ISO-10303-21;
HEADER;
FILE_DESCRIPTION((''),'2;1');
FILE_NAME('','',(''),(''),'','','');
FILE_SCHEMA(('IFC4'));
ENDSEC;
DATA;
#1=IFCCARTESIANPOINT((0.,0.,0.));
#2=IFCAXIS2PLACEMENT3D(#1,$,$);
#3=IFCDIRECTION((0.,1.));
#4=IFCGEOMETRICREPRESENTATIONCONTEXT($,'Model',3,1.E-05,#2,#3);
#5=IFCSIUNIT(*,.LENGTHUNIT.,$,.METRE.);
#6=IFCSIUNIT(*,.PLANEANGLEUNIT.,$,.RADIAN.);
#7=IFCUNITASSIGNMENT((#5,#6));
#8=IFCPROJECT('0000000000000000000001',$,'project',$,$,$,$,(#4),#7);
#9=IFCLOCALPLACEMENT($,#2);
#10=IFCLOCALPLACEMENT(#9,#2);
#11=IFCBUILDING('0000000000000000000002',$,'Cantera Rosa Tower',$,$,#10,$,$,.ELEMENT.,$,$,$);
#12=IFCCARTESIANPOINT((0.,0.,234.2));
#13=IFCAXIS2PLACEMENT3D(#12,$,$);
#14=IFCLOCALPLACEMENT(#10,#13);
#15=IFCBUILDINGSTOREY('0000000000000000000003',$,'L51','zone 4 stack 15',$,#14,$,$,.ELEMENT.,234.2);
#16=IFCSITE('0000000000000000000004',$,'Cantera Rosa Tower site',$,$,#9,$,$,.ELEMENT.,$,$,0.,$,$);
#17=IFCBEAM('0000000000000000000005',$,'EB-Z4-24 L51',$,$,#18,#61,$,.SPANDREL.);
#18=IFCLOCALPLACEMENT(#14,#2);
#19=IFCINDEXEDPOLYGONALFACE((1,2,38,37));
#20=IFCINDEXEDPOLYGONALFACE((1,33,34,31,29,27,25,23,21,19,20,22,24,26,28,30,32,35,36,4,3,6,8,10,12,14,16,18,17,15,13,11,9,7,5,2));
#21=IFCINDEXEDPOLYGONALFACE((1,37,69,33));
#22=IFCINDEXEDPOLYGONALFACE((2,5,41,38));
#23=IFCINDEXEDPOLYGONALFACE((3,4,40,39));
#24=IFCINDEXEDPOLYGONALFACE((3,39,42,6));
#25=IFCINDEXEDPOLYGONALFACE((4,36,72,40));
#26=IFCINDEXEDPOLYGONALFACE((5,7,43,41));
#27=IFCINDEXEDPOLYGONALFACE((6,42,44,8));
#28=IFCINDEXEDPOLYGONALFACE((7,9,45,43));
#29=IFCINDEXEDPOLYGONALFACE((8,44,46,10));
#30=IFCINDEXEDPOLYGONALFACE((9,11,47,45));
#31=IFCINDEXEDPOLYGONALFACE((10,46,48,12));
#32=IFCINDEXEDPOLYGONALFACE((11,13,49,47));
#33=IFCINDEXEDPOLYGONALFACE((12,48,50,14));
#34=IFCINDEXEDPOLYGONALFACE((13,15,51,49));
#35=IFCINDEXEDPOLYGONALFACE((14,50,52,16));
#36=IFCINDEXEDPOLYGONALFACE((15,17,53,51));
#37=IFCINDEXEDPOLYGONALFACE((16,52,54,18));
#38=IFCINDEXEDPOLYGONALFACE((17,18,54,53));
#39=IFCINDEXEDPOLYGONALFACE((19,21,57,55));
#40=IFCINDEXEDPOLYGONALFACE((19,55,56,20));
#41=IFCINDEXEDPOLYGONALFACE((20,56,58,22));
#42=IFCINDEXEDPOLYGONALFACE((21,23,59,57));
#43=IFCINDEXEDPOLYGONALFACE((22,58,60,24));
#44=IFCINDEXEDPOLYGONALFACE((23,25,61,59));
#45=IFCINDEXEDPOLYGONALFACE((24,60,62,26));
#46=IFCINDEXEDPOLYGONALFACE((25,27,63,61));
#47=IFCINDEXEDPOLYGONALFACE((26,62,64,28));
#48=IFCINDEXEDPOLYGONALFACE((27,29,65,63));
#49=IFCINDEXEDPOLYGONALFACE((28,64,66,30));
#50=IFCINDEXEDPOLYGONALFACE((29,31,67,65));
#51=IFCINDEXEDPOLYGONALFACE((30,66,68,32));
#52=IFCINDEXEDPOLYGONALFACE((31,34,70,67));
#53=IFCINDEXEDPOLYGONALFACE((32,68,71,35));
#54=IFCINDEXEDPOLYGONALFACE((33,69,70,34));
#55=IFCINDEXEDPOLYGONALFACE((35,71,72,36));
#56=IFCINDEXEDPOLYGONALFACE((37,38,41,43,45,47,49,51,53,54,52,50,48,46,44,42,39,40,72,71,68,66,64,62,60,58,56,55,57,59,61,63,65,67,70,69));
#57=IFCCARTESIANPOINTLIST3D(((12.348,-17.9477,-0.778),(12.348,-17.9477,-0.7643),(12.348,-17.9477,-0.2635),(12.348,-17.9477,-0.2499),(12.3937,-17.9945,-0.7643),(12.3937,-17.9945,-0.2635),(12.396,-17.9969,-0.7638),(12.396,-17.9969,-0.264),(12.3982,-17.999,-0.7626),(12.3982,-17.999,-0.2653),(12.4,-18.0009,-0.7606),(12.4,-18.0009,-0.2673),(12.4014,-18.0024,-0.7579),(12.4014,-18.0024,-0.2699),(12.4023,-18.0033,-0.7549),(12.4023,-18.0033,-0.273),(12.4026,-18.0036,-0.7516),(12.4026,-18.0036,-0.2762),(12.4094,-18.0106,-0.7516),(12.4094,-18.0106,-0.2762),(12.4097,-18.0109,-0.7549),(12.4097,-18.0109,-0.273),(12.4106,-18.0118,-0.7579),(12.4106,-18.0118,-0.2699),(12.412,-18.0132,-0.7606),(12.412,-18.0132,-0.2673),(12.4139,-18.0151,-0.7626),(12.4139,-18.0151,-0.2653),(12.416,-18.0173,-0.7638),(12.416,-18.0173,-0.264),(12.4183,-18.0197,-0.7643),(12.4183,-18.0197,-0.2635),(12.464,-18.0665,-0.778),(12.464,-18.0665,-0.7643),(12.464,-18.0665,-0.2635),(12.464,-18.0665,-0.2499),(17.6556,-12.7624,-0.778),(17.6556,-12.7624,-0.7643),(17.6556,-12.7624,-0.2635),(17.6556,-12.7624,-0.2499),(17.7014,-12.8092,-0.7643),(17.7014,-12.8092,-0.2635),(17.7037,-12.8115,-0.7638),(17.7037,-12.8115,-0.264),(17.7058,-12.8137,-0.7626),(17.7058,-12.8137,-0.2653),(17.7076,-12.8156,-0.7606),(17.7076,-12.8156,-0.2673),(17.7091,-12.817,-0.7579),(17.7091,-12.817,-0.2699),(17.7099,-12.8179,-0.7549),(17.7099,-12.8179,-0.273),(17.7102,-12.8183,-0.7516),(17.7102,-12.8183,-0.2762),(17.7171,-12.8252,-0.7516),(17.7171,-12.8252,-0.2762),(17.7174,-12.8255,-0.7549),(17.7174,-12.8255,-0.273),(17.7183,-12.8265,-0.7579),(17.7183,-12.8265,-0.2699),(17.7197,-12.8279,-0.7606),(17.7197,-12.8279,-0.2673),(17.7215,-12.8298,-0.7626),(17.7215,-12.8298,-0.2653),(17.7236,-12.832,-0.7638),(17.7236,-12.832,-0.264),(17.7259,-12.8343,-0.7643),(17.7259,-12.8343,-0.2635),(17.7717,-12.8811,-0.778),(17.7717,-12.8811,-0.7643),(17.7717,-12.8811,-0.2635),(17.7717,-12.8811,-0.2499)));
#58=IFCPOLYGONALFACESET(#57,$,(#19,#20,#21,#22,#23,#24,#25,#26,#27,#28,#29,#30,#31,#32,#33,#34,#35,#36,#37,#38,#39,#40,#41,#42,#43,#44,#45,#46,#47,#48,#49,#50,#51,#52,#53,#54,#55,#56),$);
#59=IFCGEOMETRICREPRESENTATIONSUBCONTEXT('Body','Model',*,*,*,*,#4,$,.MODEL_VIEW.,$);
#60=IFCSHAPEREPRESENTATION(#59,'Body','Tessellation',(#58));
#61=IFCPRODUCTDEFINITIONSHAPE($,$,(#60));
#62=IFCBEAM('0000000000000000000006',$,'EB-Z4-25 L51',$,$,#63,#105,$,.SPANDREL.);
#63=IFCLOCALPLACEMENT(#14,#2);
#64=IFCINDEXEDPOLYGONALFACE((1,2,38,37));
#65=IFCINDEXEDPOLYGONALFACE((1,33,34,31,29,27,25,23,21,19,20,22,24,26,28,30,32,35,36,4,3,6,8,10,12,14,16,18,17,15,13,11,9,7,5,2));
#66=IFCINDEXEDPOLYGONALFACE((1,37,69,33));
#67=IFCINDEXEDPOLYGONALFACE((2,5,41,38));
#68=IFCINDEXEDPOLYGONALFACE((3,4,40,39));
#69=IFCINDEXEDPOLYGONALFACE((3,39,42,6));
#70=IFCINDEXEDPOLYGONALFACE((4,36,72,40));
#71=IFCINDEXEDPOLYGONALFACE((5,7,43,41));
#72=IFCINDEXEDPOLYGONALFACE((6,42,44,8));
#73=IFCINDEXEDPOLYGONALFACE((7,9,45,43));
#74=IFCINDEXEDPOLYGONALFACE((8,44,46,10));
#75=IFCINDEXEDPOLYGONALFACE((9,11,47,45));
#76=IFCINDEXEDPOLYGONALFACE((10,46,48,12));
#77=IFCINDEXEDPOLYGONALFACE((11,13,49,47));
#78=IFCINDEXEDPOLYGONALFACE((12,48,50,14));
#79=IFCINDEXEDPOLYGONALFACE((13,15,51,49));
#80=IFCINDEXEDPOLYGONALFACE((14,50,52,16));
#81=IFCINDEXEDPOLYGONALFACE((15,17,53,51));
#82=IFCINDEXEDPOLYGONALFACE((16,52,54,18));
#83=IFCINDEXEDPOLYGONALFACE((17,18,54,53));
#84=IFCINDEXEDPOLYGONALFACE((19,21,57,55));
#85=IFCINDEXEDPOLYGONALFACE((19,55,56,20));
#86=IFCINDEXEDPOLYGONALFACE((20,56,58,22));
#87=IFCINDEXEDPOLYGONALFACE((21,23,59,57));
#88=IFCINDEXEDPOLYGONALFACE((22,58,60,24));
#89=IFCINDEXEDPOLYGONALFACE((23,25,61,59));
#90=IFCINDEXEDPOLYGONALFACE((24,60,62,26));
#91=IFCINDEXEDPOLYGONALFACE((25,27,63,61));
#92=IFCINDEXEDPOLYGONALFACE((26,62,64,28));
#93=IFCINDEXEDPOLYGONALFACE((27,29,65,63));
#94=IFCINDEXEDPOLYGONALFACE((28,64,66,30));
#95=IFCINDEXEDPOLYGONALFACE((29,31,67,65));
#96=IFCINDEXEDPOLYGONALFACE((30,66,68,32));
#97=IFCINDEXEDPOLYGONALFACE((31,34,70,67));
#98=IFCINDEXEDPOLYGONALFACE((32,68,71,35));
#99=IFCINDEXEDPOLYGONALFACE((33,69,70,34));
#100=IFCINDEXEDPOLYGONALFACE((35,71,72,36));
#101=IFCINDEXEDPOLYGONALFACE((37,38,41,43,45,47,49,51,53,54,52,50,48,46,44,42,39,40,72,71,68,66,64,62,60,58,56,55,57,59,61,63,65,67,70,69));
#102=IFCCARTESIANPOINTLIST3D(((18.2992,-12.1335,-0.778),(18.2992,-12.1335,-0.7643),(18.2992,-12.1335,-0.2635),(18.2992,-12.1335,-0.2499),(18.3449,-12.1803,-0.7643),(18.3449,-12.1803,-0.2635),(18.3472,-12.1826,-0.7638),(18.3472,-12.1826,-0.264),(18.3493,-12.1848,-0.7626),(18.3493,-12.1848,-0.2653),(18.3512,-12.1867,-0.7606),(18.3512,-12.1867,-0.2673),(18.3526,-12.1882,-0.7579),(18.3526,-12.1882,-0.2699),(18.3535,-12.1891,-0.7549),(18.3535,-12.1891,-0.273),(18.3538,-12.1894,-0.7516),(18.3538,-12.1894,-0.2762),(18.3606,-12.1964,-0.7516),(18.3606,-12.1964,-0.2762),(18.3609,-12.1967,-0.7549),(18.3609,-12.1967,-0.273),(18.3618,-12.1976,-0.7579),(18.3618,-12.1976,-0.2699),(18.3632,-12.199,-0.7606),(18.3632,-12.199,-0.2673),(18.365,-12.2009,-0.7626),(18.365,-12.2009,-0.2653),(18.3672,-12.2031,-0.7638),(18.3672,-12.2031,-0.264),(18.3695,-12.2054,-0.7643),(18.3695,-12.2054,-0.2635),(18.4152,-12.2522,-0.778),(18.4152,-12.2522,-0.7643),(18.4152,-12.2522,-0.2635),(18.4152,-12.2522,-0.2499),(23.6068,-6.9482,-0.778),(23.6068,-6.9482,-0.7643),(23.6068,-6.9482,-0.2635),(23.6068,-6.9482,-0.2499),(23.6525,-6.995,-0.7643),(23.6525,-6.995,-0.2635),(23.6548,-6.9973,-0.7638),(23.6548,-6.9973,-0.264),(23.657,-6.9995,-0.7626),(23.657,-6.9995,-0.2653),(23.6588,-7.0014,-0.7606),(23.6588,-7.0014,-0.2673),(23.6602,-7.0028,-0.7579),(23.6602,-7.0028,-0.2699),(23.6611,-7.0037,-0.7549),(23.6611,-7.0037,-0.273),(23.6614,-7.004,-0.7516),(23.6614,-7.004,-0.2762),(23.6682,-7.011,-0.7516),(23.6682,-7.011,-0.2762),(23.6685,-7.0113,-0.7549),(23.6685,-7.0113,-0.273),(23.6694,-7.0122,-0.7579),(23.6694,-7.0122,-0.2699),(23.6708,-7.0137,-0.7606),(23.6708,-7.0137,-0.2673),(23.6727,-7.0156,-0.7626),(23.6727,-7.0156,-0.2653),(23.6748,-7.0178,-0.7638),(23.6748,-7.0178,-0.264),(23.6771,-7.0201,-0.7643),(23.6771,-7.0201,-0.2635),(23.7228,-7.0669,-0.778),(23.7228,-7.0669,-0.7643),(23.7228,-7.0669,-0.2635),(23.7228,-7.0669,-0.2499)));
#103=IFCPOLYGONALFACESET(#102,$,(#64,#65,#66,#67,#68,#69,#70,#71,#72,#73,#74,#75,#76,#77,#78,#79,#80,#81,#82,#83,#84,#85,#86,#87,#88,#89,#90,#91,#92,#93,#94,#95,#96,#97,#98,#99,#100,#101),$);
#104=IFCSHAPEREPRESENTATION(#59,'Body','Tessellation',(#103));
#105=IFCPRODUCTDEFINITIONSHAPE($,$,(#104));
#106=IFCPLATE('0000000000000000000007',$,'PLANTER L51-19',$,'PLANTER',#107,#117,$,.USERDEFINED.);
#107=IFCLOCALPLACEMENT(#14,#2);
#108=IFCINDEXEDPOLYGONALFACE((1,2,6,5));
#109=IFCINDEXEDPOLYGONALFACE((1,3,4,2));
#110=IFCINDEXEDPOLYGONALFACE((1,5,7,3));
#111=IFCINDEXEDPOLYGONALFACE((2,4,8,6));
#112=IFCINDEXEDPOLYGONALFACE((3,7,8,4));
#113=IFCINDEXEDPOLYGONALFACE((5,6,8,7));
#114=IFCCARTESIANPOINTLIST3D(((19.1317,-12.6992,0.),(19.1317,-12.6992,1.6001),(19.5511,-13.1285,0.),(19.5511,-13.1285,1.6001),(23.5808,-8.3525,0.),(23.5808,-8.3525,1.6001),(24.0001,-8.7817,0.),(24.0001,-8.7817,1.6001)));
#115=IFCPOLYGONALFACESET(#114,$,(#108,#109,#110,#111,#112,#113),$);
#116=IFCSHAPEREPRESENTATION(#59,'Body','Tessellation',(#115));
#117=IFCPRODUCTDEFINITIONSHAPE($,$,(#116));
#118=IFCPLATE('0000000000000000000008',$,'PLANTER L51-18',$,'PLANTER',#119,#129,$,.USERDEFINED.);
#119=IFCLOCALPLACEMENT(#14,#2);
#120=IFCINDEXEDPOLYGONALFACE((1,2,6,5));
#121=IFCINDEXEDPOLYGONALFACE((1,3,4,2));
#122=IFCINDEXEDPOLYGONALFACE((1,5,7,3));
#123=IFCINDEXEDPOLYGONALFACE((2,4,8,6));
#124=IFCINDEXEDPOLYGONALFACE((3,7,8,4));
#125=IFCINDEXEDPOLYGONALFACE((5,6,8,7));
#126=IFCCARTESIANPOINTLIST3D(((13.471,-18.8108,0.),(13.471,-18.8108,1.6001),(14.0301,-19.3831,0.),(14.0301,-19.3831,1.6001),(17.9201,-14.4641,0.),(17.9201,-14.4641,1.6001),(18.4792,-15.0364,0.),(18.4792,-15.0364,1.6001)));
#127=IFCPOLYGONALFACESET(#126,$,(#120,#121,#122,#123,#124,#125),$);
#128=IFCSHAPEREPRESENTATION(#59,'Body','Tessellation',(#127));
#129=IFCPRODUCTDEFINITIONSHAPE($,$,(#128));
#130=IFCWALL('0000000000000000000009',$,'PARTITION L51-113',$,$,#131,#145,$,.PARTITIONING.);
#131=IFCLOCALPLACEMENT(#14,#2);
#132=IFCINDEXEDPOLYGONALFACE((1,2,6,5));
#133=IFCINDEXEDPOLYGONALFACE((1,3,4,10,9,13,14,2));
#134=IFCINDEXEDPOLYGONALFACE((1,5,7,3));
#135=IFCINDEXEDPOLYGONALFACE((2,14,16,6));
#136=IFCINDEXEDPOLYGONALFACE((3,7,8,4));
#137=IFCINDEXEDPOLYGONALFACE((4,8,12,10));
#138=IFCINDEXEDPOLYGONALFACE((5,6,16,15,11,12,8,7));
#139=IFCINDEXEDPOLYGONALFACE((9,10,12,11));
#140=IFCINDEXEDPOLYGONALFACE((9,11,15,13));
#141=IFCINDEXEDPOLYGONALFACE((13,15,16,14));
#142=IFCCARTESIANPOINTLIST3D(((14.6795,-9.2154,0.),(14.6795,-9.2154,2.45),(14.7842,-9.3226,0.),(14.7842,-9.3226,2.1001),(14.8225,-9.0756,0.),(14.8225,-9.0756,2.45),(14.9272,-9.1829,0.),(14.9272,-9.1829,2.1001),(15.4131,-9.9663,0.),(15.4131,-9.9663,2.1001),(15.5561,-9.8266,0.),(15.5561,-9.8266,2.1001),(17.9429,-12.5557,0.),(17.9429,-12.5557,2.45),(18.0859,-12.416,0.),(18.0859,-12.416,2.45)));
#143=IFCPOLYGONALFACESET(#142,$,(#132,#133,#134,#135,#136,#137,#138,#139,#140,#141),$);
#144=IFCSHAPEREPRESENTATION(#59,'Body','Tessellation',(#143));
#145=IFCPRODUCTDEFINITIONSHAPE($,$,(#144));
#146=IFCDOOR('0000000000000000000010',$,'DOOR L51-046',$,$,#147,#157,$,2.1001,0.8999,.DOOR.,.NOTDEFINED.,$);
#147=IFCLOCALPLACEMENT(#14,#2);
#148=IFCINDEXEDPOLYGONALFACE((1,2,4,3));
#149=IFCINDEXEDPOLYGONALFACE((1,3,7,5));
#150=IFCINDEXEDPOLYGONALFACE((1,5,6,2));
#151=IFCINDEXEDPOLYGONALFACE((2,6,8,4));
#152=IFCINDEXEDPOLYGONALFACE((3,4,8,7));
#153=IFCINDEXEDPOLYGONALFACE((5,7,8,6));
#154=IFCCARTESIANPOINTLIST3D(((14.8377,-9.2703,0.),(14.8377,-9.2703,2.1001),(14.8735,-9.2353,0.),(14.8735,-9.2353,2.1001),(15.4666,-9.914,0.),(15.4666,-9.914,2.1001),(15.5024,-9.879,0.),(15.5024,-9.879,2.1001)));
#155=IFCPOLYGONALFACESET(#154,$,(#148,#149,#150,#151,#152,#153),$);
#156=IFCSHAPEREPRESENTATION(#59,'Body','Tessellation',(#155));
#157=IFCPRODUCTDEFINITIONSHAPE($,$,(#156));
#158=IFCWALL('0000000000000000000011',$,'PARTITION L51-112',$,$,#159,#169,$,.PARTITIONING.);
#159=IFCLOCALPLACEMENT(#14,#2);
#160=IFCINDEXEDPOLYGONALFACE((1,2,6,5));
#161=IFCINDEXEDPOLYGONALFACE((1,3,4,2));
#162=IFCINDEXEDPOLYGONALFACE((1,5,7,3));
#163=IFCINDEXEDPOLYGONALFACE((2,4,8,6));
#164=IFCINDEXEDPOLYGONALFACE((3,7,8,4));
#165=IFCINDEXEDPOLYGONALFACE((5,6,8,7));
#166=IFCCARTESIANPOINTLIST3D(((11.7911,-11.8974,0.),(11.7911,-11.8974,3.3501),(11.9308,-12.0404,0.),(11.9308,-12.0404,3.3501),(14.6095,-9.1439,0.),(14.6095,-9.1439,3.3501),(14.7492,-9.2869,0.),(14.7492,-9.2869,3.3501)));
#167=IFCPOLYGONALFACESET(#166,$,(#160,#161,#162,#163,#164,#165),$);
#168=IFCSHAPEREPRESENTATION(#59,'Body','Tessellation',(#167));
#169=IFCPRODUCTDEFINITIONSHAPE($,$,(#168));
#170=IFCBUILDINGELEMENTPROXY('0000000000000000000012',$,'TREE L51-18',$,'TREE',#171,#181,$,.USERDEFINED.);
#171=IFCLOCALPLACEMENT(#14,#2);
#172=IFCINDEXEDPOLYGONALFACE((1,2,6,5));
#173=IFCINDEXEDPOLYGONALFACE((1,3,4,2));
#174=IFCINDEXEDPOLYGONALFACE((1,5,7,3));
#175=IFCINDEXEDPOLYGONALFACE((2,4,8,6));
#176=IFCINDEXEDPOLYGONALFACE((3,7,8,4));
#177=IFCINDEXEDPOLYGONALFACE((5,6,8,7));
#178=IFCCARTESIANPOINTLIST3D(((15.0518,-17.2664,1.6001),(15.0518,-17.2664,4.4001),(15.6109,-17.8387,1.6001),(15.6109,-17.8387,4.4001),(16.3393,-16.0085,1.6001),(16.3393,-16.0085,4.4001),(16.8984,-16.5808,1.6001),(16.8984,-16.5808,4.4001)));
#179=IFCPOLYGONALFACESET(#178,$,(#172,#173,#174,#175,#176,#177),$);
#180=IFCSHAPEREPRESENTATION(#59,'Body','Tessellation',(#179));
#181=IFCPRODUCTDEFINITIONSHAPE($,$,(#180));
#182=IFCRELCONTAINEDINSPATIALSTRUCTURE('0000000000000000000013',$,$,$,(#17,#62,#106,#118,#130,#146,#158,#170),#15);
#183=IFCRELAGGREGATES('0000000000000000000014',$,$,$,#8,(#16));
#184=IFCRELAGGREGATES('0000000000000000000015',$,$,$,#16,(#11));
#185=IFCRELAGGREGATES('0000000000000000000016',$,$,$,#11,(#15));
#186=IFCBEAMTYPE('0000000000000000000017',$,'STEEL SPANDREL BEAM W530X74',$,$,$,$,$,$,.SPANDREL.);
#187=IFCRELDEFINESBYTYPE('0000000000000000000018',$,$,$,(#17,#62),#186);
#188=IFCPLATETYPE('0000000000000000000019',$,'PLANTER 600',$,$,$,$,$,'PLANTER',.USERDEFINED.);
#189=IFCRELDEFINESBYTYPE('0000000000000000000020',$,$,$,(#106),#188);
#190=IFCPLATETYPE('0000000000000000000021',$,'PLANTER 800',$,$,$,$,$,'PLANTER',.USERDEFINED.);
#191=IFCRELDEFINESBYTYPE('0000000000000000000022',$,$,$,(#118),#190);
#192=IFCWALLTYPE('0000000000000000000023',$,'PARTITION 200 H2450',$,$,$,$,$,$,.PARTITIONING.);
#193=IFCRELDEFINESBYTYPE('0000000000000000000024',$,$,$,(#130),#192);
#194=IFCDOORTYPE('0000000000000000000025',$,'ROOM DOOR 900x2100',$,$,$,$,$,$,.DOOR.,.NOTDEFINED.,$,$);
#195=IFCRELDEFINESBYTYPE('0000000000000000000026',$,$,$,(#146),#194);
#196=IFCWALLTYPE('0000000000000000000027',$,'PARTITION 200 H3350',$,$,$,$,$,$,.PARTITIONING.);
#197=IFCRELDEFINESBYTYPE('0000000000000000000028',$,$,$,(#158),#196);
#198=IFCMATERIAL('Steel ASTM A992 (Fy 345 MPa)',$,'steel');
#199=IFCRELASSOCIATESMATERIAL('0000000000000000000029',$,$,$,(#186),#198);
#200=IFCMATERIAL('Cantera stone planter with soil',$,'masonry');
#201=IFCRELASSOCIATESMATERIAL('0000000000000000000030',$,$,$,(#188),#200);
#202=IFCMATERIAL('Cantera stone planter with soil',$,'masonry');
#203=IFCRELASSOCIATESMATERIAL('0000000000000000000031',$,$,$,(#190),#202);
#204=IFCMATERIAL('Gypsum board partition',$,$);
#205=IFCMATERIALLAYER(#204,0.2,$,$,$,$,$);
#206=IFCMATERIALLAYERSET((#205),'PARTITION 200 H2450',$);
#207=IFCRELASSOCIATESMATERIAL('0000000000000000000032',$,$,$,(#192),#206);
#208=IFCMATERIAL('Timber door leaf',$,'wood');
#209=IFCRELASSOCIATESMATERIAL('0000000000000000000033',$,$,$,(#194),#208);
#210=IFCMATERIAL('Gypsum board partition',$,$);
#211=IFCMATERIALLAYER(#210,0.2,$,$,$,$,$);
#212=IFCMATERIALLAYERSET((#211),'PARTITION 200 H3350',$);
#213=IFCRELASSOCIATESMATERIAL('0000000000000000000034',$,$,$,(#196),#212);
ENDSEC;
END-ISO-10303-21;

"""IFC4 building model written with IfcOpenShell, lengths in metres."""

from ifc_helpers import new_model, si_unit, direction, frame, frame_2d, origin, origin_2d, place, context, subcontext, project, spatial, rectangle, i_section, extrude, material, layer, layer_set, material_profile, profile_set, type_object, element, fill, save


model = new_model("IFC4")

# Units and contexts
model_context = context("Model", 3, precision=1e-05, world=origin(), true_north=direction((0.0, 1.0)))
body_context = subcontext(model_context, "Body", "Model", "MODEL_VIEW")
ifc_project = project(units=[si_unit("LENGTHUNIT", "METRE"), si_unit("PLANEANGLEUNIT", "RADIAN")], contexts=[model_context])

# Site, building, storey
site_placement = place(None, origin())
site = spatial("IfcSite", under=ifc_project, at=site_placement, Name="Cantera Rosa Tower site", CompositionType="ELEMENT", RefElevation=0.0)
building_placement = place(site_placement, origin())
building = spatial("IfcBuilding", under=site, at=building_placement, Name="Cantera Rosa Tower", CompositionType="ELEMENT")
storey_placement = place(building_placement, frame((0.0, 0.0, 234.2)))
storey = spatial("IfcBuildingStorey", under=building, at=storey_placement, Name="L51", Description="zone 4 stack 15", CompositionType="ELEMENT", Elevation=234.2)

# Beams
ifc_material_1 = material(Name="Steel ASTM A992 (Fy 345 MPa)", Category="steel")
ifc_material_profile_1 = material_profile(ifc_material_1, i_section(OverallWidth=0.166, OverallDepth=0.5281, WebThickness=0.0098, FlangeThickness=0.0137, FilletRadius=0.0127, at=origin_2d()), Name="W530X74")
ifc_profile_set_1 = profile_set([ifc_material_profile_1], Name="Steel ASTM A992 (Fy 345 MPa)")
beam_type_1 = type_object("IfcBeamType", Name="STEEL SPANDREL BEAM W530X74", PredefinedType="SPANDREL", material=ifc_profile_set_1)
for number, where, z_axis, x_axis, name in (
    (1, (12.406, -18.0071, -0.5139), (0.715301, 0.698817, 0.0), (-0.698817, 0.715301, 0.0), "EB-Z4-24 L51"),
    (2, (18.3572, -12.1929, -0.5139), (0.715301, 0.698817, 0.0), (-0.698817, 0.715301, 0.0), "EB-Z4-25 L51"),
):
    element("IfcBeam", number, at=place(storey_placement, frame(where, z_axis=z_axis, x_axis=x_axis)), inside=storey, type_object=beam_type_1, Name=name, PredefinedType="SPANDREL", context=body_context, shape_type="SweptSolid", body=[
        extrude(i_section(OverallWidth=0.166, OverallDepth=0.5281, WebThickness=0.0098, FlangeThickness=0.0137, FilletRadius=0.0127, at=origin_2d()), origin(), (0.0, 0.0, 1.0), 7.4202),
    ])

# Plates
ifc_material_2 = material(Name="Cantera stone planter with soil", Category="masonry")
plate_type_1 = type_object("IfcPlateType", Name="PLANTER 600", ElementType="PLANTER", PredefinedType="USERDEFINED", material=ifc_material_2)
plate_1_placement = place(storey_placement, frame((21.5659, -10.7405, 0.0), z_axis=(0.0, 0.0, 1.0), x_axis=(0.715286, 0.698832, 0.0)))
element("IfcPlate", 3, at=plate_1_placement, inside=storey, type_object=plate_type_1, Name="PLANTER L51-19", ObjectType="PLANTER", PredefinedType="USERDEFINED", context=body_context, shape_type="SweptSolid", body=[
    extrude(rectangle(XDim=6.22, YDim=0.6001, at=origin_2d()), origin(), (0.0, 0.0, 1.0), 1.6001),
])
ifc_material_3 = material(Name="Cantera stone planter with soil", Category="masonry")
plate_type_2 = type_object("IfcPlateType", Name="PLANTER 800", ElementType="PLANTER", PredefinedType="USERDEFINED", material=ifc_material_3)
plate_2_placement = place(storey_placement, frame((15.9751, -16.9236, 0.0), z_axis=(0.0, 0.0, 1.0), x_axis=(0.715286, 0.698832, 0.0)))
element("IfcPlate", 4, at=plate_2_placement, inside=storey, type_object=plate_type_2, Name="PLANTER L51-18", ObjectType="PLANTER", PredefinedType="USERDEFINED", context=body_context, shape_type="SweptSolid", body=[
    extrude(rectangle(XDim=6.22, YDim=0.8, at=origin_2d()), origin(), (0.0, 0.0, 1.0), 1.6001),
])

# Wall, opening, door
ifc_material_4 = material(Name="Gypsum board partition")
ifc_layer_1 = layer(ifc_material_4, 0.2)
ifc_layer_set_1 = layer_set([ifc_layer_1], Name="PARTITION 200 H2450")
wall_type_1 = type_object("IfcWallType", Name="PARTITION 200 H2450", PredefinedType="PARTITIONING", material=ifc_layer_set_1)
wall_1_placement = place(storey_placement, frame((14.751, -9.1455, 0.0), z_axis=(0.0, 0.0, 1.0), x_axis=(0.698825, -0.715293, 0.0)))
wall_1 = element("IfcWall", 5, at=wall_1_placement, inside=storey, type_object=wall_type_1, Name="PARTITION L51-113", PredefinedType="PARTITIONING", context=body_context, shape_type="SweptSolid", body=[
    extrude(rectangle(XDim=4.6699, YDim=0.2, at=frame_2d((2.335, 0.0))), origin(), (0.0, 0.0, 1.0), 2.45),
])
opening_1_placement = place(wall_1_placement, frame((0.1499, 0.0, 0.0)))
opening_1 = element("IfcOpeningElement", 6, at=opening_1_placement, cuts=wall_1, PredefinedType="OPENING", context=body_context, shape_type="SweptSolid", body=[
    extrude(rectangle(XDim=0.8999, YDim=2.1001, at=frame_2d((0.45, 1.05))), frame((0.0, 0.1099, 0.0), z_axis=(0.0, -1.0, 0.0), x_axis=(1.0, 0.0, 0.0)), (0.0, 0.0, 1.0), 0.22),
])
ifc_material_5 = material(Name="Timber door leaf", Category="wood")
door_type_1 = type_object("IfcDoorType", Name="ROOM DOOR 900x2100", OperationType="NOTDEFINED", PredefinedType="DOOR", material=ifc_material_5)
door_1_placement = place(opening_1_placement, origin())
door_1 = element("IfcDoor", 7, at=door_1_placement, inside=storey, type_object=door_type_1, Name="DOOR L51-046", OperationType="NOTDEFINED", OverallHeight=2.1001, OverallWidth=0.8999, PredefinedType="DOOR", context=body_context, shape_type="SweptSolid", body=[
    extrude(rectangle(XDim=0.8999, YDim=2.1001, at=frame_2d((0.45, 1.05))), frame((0.0, 0.0249, 0.0), z_axis=(0.0, -1.0, 0.0), x_axis=(1.0, 0.0, 0.0)), (0.0, 0.0, 1.0), 0.05),
])
fill(opening_1, door_1)

# Wall
ifc_material_6 = material(Name="Gypsum board partition")
ifc_layer_2 = layer(ifc_material_6, 0.2)
ifc_layer_set_2 = layer_set([ifc_layer_2], Name="PARTITION 200 H3350")
wall_type_2 = type_object("IfcWallType", Name="PARTITION 200 H3350", PredefinedType="PARTITIONING", material=ifc_layer_set_2)
wall_2_placement = place(storey_placement, frame((14.6794, -9.2153, 0.0), z_axis=(0.0, 0.0, 1.0), x_axis=(-0.7153, -0.698818, 0.0)))
element("IfcWall", 8, at=wall_2_placement, inside=storey, type_object=wall_type_2, Name="PARTITION L51-112", PredefinedType="PARTITIONING", context=body_context, shape_type="SweptSolid", body=[
    extrude(rectangle(XDim=3.9402, YDim=0.2, at=frame_2d((1.9702, 0.0))), origin(), (0.0, 0.0, 1.0), 3.3501),
])

# Building element proxy
proxy_placement = place(storey_placement, frame((15.9751, -16.9236, 1.6001), z_axis=(0.0, 0.0, 1.0), x_axis=(0.715286, 0.698832, 0.0)))
element("IfcBuildingElementProxy", 9, at=proxy_placement, inside=storey, Name="TREE L51-18", ObjectType="TREE", PredefinedType="USERDEFINED", context=body_context, shape_type="SweptSolid", body=[
    extrude(rectangle(XDim=1.8, YDim=0.8, at=origin_2d()), origin(), (0.0, 0.0, 1.0), 2.8),
])

save(model, "model.ifc")
